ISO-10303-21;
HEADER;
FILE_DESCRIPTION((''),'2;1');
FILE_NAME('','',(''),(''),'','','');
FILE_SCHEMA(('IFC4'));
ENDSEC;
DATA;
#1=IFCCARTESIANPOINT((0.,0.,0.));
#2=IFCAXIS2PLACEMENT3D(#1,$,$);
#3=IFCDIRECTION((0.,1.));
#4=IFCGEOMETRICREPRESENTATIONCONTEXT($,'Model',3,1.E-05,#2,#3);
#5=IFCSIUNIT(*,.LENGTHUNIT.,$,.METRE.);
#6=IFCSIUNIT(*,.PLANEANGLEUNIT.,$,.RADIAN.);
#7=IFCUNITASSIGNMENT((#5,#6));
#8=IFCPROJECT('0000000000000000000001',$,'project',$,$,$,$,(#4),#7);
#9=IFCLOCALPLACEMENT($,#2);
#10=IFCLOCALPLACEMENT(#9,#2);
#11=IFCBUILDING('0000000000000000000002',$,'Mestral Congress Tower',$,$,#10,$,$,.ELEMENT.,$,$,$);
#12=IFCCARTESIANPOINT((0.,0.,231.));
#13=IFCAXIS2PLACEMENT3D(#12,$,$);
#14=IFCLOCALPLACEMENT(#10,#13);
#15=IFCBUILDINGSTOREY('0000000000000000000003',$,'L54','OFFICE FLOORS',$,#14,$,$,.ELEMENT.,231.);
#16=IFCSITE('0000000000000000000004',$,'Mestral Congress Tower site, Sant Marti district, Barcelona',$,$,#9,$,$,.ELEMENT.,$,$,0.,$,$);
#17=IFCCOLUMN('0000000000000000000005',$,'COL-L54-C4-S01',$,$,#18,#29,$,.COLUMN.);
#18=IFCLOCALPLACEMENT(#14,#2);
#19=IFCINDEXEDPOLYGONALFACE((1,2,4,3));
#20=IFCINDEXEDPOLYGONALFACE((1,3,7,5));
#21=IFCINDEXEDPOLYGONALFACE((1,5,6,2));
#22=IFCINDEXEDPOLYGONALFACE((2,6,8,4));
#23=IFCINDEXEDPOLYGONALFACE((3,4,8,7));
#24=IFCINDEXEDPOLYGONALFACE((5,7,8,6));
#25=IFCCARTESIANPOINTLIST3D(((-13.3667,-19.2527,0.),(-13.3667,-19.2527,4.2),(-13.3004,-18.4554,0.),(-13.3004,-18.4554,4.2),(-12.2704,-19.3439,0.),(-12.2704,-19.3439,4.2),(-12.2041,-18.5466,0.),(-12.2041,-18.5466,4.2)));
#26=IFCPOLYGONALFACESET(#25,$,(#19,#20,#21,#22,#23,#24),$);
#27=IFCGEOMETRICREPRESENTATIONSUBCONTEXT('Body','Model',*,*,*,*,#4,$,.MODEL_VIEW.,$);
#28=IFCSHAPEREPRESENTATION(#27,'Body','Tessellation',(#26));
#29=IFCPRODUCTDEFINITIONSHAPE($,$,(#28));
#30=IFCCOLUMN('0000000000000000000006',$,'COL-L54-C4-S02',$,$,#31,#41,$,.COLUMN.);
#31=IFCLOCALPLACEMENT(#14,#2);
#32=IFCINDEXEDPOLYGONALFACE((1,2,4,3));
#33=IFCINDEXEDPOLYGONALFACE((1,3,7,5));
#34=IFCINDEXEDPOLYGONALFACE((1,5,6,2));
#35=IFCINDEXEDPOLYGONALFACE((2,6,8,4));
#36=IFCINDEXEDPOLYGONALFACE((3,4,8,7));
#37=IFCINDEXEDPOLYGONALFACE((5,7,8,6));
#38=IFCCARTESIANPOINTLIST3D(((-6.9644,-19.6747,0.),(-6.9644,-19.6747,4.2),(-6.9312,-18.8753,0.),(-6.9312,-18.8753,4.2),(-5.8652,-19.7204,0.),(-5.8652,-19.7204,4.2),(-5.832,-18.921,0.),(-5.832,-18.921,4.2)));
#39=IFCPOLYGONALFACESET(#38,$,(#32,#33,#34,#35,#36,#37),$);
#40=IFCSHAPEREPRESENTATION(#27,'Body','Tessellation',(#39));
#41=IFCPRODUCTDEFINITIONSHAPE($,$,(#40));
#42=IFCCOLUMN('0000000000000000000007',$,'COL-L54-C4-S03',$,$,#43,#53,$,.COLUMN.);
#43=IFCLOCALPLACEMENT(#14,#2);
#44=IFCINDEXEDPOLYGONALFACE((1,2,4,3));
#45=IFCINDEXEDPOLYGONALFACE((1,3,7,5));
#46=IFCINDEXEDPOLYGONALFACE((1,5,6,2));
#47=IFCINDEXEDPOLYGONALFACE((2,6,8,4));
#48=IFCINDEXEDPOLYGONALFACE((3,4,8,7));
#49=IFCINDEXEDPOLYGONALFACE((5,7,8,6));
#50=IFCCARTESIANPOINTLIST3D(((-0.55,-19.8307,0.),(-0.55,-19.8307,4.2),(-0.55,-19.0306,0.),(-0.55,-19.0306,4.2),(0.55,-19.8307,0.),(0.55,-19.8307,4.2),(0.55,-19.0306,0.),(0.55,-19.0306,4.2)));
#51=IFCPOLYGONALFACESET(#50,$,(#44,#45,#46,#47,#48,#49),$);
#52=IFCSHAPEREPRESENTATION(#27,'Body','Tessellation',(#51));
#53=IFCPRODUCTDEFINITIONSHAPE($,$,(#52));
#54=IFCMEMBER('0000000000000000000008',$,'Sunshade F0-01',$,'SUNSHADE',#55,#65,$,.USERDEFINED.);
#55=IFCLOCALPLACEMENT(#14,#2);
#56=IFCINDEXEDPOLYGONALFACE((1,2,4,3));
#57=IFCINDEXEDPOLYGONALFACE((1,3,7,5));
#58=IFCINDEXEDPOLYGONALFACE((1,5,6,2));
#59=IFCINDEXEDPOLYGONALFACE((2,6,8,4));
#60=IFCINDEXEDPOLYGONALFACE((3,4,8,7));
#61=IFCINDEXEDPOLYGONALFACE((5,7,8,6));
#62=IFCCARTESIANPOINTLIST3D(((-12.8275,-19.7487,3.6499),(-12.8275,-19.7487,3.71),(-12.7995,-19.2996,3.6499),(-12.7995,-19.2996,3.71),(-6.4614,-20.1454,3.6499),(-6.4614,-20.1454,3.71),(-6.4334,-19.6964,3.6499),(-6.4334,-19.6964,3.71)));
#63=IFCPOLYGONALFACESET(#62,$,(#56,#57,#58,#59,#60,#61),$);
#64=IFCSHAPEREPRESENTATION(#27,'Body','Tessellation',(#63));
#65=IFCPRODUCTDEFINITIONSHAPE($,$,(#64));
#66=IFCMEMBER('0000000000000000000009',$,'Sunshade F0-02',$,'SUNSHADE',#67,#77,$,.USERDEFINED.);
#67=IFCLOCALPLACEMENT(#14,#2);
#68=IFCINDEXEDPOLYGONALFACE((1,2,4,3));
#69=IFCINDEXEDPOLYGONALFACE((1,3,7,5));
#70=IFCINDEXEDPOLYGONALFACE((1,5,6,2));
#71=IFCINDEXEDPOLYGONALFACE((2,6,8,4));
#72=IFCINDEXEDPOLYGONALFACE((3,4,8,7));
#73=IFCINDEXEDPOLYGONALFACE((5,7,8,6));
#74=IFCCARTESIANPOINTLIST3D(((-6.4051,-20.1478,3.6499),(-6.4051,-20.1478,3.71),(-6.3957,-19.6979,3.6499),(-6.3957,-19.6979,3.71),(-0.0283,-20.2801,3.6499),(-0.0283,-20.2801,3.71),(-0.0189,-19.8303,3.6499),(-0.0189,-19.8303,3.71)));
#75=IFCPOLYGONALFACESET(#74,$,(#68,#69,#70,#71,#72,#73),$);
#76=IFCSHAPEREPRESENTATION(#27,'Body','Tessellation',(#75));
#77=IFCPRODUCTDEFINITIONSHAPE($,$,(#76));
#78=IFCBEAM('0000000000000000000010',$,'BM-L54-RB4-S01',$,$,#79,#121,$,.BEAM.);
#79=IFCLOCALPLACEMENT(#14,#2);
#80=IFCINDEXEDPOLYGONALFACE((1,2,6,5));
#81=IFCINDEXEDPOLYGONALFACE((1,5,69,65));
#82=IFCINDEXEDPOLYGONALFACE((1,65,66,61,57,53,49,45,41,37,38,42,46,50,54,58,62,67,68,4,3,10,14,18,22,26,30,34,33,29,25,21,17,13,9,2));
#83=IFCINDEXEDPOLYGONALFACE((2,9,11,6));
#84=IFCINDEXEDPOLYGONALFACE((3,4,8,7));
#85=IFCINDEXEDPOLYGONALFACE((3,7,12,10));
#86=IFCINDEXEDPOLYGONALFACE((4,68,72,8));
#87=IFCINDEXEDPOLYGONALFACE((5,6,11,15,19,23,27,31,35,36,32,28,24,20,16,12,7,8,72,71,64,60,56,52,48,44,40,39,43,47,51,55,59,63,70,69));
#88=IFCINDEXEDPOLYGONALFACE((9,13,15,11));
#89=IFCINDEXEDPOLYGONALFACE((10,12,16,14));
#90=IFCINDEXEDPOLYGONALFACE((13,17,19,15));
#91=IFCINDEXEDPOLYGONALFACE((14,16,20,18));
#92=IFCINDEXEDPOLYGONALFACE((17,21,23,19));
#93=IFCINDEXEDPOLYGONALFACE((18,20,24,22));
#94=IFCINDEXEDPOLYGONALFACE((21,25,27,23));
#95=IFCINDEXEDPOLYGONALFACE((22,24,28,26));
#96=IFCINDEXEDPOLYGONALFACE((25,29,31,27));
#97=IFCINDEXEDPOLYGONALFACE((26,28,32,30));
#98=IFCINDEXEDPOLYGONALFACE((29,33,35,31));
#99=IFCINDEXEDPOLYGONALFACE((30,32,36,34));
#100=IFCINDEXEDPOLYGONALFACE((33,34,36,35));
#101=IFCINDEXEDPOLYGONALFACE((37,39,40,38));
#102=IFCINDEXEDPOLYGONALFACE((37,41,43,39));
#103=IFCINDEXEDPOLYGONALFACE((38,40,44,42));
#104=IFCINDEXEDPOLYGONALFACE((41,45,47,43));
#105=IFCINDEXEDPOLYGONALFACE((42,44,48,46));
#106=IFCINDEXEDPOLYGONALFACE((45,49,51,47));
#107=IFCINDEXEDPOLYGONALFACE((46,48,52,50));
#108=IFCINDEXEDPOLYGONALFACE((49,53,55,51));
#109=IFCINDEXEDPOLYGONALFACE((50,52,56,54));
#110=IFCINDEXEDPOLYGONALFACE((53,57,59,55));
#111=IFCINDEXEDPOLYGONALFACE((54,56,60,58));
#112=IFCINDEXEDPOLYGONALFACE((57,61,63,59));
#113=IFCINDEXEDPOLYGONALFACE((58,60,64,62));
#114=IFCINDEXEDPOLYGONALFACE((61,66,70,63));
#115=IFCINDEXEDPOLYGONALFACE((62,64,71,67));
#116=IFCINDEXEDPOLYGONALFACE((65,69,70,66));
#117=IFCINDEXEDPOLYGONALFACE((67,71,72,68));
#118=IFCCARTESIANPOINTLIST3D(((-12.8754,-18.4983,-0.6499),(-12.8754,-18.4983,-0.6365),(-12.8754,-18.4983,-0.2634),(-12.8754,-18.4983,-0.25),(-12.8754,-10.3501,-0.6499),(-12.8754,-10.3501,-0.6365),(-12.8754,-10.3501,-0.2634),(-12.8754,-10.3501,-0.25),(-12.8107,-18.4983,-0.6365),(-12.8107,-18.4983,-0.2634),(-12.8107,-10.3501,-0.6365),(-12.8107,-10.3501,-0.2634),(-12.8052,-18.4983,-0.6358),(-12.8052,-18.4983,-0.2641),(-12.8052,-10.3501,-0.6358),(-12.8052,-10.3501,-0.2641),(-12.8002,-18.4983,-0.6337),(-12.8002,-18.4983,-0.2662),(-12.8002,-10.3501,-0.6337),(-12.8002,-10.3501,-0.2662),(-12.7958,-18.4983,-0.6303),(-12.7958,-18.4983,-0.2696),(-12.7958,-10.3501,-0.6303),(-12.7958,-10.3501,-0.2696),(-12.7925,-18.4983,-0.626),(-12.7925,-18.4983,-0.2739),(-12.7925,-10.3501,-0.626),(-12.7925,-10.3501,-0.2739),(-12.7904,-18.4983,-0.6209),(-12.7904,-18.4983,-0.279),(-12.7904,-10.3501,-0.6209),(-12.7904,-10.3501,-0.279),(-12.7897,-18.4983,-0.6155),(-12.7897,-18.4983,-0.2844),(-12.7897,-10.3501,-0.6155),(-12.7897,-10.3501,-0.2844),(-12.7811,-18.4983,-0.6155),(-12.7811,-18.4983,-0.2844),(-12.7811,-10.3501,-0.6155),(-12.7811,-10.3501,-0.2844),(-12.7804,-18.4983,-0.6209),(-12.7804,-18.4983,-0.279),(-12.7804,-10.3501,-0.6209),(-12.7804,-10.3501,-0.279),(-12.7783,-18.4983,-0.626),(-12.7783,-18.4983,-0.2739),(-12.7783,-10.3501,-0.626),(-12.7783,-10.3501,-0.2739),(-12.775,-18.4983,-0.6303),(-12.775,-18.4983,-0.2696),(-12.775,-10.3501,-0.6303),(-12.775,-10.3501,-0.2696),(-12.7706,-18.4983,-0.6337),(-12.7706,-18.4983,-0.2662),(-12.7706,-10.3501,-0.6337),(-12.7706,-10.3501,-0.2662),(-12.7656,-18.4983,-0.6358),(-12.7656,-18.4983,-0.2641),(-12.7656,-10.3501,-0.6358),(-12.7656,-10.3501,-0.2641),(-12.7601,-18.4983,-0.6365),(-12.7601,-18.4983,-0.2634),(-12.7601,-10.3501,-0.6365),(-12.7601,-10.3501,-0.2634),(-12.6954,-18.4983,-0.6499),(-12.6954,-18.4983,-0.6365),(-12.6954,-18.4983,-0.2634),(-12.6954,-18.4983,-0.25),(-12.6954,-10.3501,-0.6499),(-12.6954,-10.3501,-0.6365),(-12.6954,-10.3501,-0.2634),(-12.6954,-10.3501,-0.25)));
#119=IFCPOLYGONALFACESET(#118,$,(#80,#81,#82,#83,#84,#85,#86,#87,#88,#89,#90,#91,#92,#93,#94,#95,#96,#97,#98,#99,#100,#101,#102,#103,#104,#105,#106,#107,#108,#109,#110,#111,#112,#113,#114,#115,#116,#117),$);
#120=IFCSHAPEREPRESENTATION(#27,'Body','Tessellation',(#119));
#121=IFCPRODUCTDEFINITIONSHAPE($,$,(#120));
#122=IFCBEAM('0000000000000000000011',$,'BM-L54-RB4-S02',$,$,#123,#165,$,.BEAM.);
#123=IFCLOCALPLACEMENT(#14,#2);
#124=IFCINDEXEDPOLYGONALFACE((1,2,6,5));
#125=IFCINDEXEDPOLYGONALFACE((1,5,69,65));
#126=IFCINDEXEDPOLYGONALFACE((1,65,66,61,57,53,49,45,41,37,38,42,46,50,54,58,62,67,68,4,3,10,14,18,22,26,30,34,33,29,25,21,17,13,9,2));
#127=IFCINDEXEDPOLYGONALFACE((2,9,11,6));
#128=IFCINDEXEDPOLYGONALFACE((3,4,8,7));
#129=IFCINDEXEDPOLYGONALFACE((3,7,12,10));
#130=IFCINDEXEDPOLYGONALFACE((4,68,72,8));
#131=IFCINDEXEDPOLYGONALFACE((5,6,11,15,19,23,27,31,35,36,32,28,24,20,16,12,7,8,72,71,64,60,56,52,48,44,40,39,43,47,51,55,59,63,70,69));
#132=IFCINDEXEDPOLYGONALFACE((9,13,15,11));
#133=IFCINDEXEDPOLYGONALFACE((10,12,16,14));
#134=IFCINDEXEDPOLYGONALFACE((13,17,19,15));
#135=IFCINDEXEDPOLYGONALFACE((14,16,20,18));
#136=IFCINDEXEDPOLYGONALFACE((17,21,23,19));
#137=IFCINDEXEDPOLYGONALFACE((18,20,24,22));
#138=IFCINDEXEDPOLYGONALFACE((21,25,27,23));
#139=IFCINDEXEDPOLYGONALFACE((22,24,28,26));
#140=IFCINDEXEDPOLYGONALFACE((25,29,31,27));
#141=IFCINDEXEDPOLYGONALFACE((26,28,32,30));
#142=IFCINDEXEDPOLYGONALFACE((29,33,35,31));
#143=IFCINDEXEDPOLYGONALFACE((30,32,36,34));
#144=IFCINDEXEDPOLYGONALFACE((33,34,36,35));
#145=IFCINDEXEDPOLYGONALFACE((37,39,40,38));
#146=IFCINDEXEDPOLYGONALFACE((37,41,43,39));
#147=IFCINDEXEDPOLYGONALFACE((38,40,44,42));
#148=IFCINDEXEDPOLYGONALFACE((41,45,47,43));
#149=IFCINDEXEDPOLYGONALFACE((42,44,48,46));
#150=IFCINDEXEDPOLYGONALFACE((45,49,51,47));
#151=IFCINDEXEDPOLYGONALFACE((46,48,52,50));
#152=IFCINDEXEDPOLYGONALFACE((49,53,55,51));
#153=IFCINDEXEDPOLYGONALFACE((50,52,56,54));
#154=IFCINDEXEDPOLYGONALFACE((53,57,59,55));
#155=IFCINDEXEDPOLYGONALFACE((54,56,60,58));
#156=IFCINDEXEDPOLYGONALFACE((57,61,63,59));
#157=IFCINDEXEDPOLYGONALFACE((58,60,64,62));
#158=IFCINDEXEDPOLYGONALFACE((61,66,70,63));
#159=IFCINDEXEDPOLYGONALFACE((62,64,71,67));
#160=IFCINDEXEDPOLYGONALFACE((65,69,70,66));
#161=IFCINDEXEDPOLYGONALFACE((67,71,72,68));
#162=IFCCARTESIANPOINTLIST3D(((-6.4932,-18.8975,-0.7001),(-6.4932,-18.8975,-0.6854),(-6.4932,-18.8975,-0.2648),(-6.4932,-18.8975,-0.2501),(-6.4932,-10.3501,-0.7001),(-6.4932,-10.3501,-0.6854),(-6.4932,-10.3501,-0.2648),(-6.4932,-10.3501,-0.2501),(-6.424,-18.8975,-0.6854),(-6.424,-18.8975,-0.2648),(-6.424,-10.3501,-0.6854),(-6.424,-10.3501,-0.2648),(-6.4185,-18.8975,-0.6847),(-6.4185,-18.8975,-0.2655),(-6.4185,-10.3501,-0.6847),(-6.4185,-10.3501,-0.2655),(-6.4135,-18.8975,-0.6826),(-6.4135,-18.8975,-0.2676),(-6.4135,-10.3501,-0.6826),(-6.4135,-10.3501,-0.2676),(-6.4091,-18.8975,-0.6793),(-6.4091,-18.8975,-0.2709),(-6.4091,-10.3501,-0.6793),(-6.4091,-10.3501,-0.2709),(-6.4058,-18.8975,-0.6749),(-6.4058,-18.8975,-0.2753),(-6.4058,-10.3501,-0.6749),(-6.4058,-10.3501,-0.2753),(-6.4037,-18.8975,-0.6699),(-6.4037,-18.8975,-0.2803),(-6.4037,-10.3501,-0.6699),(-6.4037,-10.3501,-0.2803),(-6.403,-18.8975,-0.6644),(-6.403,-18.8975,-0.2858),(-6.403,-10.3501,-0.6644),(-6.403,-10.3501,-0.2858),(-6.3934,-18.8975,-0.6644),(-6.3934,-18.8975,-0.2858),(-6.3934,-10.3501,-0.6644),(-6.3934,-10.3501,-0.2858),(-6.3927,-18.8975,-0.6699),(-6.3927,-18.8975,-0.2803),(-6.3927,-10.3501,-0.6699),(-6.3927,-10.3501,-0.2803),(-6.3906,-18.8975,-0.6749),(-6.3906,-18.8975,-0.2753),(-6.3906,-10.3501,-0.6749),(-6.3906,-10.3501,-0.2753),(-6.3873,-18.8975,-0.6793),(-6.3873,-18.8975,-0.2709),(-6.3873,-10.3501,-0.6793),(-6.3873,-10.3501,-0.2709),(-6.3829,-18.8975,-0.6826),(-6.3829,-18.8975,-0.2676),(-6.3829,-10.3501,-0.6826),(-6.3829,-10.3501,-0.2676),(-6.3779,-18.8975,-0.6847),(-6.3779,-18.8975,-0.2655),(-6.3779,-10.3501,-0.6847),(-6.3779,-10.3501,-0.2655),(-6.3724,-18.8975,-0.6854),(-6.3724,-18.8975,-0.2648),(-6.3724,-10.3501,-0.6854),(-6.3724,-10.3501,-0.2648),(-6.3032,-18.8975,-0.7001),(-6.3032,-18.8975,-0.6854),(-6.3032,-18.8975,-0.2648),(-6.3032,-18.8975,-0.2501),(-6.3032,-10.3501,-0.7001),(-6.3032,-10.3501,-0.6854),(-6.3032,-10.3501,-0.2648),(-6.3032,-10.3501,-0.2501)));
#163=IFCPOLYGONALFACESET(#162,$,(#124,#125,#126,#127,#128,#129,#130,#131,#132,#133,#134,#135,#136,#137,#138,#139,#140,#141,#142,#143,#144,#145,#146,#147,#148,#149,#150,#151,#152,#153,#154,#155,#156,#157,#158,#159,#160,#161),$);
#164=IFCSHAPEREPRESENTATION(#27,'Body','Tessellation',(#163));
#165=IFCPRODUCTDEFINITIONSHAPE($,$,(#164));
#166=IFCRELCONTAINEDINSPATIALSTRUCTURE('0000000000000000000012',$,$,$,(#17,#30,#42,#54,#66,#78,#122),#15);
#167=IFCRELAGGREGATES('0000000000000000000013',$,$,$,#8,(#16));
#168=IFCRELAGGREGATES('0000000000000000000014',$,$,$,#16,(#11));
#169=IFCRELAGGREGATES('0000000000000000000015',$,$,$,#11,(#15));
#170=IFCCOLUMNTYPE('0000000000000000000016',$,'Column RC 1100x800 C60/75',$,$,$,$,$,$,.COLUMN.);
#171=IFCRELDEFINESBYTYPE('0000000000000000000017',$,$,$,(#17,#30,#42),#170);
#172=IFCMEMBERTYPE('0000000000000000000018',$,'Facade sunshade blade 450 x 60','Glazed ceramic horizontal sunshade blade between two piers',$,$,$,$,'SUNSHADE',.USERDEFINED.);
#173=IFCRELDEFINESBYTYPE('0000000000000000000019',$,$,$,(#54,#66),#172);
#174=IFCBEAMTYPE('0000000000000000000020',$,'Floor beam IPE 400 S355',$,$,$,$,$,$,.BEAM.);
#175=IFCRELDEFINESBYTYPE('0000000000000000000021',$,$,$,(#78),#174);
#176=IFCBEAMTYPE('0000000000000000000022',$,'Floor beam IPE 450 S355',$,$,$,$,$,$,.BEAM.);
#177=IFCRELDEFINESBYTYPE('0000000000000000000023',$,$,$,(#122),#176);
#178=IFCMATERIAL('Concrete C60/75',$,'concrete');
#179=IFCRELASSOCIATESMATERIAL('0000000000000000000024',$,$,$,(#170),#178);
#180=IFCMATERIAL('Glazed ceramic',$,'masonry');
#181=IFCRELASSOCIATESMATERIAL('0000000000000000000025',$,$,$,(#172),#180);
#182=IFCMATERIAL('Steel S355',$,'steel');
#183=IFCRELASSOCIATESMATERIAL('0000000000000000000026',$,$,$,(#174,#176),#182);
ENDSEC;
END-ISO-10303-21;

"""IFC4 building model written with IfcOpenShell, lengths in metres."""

from ifc_helpers import new_model, si_unit, direction, frame, origin, origin_2d, place, context, subcontext, project, spatial, rectangle, i_section, extrude, material, material_profile, profile_set, type_object, element, save


model = new_model("IFC4")

# Units and contexts
model_context = context("Model", 3, precision=1e-05, world=origin(), true_north=direction((0.0, 1.0)))
body_context = subcontext(model_context, "Body", "Model", "MODEL_VIEW")
ifc_project = project(units=[si_unit("LENGTHUNIT", "METRE"), si_unit("PLANEANGLEUNIT", "RADIAN")], contexts=[model_context])

# Site, building, storey
site_placement = place(None, origin())
site = spatial("IfcSite", under=ifc_project, at=site_placement, Name="Mestral Congress Tower site, Sant Marti district, Barcelona", CompositionType="ELEMENT", RefElevation=0.0)
building_placement = place(site_placement, origin())
building = spatial("IfcBuilding", under=site, at=building_placement, Name="Mestral Congress Tower", CompositionType="ELEMENT")
storey_placement = place(building_placement, frame((0.0, 0.0, 231.0)))
storey = spatial("IfcBuildingStorey", under=building, at=storey_placement, Name="L54", Description="OFFICE FLOORS", CompositionType="ELEMENT", Elevation=231.0)

# Columns
ifc_material_1 = material(Name="Concrete C60/75", Category="concrete")
ifc_material_profile_1 = material_profile(ifc_material_1, rectangle(XDim=1.1001, YDim=0.8, at=origin_2d()), Name="RC 1100x800")
ifc_profile_set_1 = profile_set([ifc_material_profile_1], Name="Concrete C60/75")
column_type = type_object("IfcColumnType", Name="Column RC 1100x800 C60/75", PredefinedType="COLUMN", material=ifc_profile_set_1)
for number, where, z_axis, x_axis, name in (
    (1, (-12.7854, -18.8997, 0.0), (0.0, 0.0, 1.0), (0.996557, -0.082914, 0.0), "COL-L54-C4-S01"),
    (2, (-6.3982, -19.2979, 0.0), (0.0, 0.0, 1.0), (0.999139, -0.041492, 0.0), "COL-L54-C4-S02"),
    (3, (0.0, -19.4307, 0.0), (0.0, 0.0, 1.0), (1.0, 0.0, 0.0), "COL-L54-C4-S03"),
):
    element("IfcColumn", number, at=place(storey_placement, frame(where, z_axis=z_axis, x_axis=x_axis)), inside=storey, type_object=column_type, Name=name, PredefinedType="COLUMN", context=body_context, shape_type="SweptSolid", body=[
        extrude(rectangle(XDim=1.1001, YDim=0.8, at=origin_2d()), origin(), (0.0, 0.0, 1.0), 4.2),
    ])

# Members
ifc_material_2 = material(Name="Glazed ceramic", Category="masonry")
ifc_material_profile_2 = material_profile(ifc_material_2, rectangle(XDim=0.45, YDim=0.0601, at=origin_2d()), Name="Ceramic blade 450 x 60")
ifc_profile_set_2 = profile_set([ifc_material_profile_2], Name="Glazed ceramic")
member_type = type_object("IfcMemberType", Name="Facade sunshade blade 450 x 60", Description="Glazed ceramic horizontal sunshade blade between two piers", ElementType="SUNSHADE", PredefinedType="USERDEFINED", material=ifc_profile_set_2)
member_1_placement = place(storey_placement, frame((-12.8135, -19.5242, 3.6799), z_axis=(0.998064, -0.0622, 0.0), x_axis=(0.0622, 0.998064, 0.0)))
element("IfcMember", 4, at=member_1_placement, inside=storey, type_object=member_type, Name="Sunshade F0-01", ObjectType="SUNSHADE", PredefinedType="USERDEFINED", context=body_context, shape_type="SweptSolid", body=[
    extrude(rectangle(XDim=0.45, YDim=0.0601, at=origin_2d()), origin(), (0.0, 0.0, 1.0), 6.3784),
])
member_2_placement = place(storey_placement, frame((-6.4004, -19.9229, 3.6799), z_axis=(0.999785, -0.020747, 0.0), x_axis=(0.020747, 0.999785, 0.0)))
element("IfcMember", 5, at=member_2_placement, inside=storey, type_object=member_type, Name="Sunshade F0-02", ObjectType="SUNSHADE", PredefinedType="USERDEFINED", context=body_context, shape_type="SweptSolid", body=[
    extrude(rectangle(XDim=0.45, YDim=0.0601, at=origin_2d()), origin(), (0.0, 0.0, 1.0), 6.3782),
])

# Beams
ifc_material_3 = material(Name="Steel S355", Category="steel")
ifc_material_profile_3 = material_profile(ifc_material_3, i_section(OverallWidth=0.1799, OverallDepth=0.3999, WebThickness=0.0085, FlangeThickness=0.0134, FilletRadius=0.021, at=origin_2d()), Name="IPE 400")
ifc_profile_set_3 = profile_set([ifc_material_profile_3], Name="Steel S355")
beam_type_1 = type_object("IfcBeamType", Name="Floor beam IPE 400 S355", PredefinedType="BEAM", material=ifc_profile_set_3)
beam_1_placement = place(storey_placement, frame((-12.7854, -18.4983, -0.45), z_axis=(0.0, 1.0, 0.0), x_axis=(-1.0, 0.0, 0.0)))
element("IfcBeam", 6, at=beam_1_placement, inside=storey, type_object=beam_type_1, Name="BM-L54-RB4-S01", PredefinedType="BEAM", context=body_context, shape_type="SweptSolid", body=[
    extrude(i_section(OverallWidth=0.1799, OverallDepth=0.3999, WebThickness=0.0085, FlangeThickness=0.0134, FilletRadius=0.021, at=origin_2d()), origin(), (0.0, 0.0, 1.0), 8.1482),
])
ifc_material_profile_4 = material_profile(ifc_material_3, i_section(OverallWidth=0.1899, OverallDepth=0.45, WebThickness=0.0095, FlangeThickness=0.0146, FilletRadius=0.021, at=origin_2d()), Name="IPE 450")
ifc_profile_set_4 = profile_set([ifc_material_profile_4], Name="Steel S355")
beam_type_2 = type_object("IfcBeamType", Name="Floor beam IPE 450 S355", PredefinedType="BEAM", material=ifc_profile_set_4)
beam_2_placement = place(storey_placement, frame((-6.3982, -18.8975, -0.4751), z_axis=(0.0, 1.0, 0.0), x_axis=(-1.0, 0.0, 0.0)))
element("IfcBeam", 7, at=beam_2_placement, inside=storey, type_object=beam_type_2, Name="BM-L54-RB4-S02", PredefinedType="BEAM", context=body_context, shape_type="SweptSolid", body=[
    extrude(i_section(OverallWidth=0.1899, OverallDepth=0.45, WebThickness=0.0095, FlangeThickness=0.0146, FilletRadius=0.021, at=origin_2d()), origin(), (0.0, 0.0, 1.0), 8.5474),
])

save(model, "model.ifc")
